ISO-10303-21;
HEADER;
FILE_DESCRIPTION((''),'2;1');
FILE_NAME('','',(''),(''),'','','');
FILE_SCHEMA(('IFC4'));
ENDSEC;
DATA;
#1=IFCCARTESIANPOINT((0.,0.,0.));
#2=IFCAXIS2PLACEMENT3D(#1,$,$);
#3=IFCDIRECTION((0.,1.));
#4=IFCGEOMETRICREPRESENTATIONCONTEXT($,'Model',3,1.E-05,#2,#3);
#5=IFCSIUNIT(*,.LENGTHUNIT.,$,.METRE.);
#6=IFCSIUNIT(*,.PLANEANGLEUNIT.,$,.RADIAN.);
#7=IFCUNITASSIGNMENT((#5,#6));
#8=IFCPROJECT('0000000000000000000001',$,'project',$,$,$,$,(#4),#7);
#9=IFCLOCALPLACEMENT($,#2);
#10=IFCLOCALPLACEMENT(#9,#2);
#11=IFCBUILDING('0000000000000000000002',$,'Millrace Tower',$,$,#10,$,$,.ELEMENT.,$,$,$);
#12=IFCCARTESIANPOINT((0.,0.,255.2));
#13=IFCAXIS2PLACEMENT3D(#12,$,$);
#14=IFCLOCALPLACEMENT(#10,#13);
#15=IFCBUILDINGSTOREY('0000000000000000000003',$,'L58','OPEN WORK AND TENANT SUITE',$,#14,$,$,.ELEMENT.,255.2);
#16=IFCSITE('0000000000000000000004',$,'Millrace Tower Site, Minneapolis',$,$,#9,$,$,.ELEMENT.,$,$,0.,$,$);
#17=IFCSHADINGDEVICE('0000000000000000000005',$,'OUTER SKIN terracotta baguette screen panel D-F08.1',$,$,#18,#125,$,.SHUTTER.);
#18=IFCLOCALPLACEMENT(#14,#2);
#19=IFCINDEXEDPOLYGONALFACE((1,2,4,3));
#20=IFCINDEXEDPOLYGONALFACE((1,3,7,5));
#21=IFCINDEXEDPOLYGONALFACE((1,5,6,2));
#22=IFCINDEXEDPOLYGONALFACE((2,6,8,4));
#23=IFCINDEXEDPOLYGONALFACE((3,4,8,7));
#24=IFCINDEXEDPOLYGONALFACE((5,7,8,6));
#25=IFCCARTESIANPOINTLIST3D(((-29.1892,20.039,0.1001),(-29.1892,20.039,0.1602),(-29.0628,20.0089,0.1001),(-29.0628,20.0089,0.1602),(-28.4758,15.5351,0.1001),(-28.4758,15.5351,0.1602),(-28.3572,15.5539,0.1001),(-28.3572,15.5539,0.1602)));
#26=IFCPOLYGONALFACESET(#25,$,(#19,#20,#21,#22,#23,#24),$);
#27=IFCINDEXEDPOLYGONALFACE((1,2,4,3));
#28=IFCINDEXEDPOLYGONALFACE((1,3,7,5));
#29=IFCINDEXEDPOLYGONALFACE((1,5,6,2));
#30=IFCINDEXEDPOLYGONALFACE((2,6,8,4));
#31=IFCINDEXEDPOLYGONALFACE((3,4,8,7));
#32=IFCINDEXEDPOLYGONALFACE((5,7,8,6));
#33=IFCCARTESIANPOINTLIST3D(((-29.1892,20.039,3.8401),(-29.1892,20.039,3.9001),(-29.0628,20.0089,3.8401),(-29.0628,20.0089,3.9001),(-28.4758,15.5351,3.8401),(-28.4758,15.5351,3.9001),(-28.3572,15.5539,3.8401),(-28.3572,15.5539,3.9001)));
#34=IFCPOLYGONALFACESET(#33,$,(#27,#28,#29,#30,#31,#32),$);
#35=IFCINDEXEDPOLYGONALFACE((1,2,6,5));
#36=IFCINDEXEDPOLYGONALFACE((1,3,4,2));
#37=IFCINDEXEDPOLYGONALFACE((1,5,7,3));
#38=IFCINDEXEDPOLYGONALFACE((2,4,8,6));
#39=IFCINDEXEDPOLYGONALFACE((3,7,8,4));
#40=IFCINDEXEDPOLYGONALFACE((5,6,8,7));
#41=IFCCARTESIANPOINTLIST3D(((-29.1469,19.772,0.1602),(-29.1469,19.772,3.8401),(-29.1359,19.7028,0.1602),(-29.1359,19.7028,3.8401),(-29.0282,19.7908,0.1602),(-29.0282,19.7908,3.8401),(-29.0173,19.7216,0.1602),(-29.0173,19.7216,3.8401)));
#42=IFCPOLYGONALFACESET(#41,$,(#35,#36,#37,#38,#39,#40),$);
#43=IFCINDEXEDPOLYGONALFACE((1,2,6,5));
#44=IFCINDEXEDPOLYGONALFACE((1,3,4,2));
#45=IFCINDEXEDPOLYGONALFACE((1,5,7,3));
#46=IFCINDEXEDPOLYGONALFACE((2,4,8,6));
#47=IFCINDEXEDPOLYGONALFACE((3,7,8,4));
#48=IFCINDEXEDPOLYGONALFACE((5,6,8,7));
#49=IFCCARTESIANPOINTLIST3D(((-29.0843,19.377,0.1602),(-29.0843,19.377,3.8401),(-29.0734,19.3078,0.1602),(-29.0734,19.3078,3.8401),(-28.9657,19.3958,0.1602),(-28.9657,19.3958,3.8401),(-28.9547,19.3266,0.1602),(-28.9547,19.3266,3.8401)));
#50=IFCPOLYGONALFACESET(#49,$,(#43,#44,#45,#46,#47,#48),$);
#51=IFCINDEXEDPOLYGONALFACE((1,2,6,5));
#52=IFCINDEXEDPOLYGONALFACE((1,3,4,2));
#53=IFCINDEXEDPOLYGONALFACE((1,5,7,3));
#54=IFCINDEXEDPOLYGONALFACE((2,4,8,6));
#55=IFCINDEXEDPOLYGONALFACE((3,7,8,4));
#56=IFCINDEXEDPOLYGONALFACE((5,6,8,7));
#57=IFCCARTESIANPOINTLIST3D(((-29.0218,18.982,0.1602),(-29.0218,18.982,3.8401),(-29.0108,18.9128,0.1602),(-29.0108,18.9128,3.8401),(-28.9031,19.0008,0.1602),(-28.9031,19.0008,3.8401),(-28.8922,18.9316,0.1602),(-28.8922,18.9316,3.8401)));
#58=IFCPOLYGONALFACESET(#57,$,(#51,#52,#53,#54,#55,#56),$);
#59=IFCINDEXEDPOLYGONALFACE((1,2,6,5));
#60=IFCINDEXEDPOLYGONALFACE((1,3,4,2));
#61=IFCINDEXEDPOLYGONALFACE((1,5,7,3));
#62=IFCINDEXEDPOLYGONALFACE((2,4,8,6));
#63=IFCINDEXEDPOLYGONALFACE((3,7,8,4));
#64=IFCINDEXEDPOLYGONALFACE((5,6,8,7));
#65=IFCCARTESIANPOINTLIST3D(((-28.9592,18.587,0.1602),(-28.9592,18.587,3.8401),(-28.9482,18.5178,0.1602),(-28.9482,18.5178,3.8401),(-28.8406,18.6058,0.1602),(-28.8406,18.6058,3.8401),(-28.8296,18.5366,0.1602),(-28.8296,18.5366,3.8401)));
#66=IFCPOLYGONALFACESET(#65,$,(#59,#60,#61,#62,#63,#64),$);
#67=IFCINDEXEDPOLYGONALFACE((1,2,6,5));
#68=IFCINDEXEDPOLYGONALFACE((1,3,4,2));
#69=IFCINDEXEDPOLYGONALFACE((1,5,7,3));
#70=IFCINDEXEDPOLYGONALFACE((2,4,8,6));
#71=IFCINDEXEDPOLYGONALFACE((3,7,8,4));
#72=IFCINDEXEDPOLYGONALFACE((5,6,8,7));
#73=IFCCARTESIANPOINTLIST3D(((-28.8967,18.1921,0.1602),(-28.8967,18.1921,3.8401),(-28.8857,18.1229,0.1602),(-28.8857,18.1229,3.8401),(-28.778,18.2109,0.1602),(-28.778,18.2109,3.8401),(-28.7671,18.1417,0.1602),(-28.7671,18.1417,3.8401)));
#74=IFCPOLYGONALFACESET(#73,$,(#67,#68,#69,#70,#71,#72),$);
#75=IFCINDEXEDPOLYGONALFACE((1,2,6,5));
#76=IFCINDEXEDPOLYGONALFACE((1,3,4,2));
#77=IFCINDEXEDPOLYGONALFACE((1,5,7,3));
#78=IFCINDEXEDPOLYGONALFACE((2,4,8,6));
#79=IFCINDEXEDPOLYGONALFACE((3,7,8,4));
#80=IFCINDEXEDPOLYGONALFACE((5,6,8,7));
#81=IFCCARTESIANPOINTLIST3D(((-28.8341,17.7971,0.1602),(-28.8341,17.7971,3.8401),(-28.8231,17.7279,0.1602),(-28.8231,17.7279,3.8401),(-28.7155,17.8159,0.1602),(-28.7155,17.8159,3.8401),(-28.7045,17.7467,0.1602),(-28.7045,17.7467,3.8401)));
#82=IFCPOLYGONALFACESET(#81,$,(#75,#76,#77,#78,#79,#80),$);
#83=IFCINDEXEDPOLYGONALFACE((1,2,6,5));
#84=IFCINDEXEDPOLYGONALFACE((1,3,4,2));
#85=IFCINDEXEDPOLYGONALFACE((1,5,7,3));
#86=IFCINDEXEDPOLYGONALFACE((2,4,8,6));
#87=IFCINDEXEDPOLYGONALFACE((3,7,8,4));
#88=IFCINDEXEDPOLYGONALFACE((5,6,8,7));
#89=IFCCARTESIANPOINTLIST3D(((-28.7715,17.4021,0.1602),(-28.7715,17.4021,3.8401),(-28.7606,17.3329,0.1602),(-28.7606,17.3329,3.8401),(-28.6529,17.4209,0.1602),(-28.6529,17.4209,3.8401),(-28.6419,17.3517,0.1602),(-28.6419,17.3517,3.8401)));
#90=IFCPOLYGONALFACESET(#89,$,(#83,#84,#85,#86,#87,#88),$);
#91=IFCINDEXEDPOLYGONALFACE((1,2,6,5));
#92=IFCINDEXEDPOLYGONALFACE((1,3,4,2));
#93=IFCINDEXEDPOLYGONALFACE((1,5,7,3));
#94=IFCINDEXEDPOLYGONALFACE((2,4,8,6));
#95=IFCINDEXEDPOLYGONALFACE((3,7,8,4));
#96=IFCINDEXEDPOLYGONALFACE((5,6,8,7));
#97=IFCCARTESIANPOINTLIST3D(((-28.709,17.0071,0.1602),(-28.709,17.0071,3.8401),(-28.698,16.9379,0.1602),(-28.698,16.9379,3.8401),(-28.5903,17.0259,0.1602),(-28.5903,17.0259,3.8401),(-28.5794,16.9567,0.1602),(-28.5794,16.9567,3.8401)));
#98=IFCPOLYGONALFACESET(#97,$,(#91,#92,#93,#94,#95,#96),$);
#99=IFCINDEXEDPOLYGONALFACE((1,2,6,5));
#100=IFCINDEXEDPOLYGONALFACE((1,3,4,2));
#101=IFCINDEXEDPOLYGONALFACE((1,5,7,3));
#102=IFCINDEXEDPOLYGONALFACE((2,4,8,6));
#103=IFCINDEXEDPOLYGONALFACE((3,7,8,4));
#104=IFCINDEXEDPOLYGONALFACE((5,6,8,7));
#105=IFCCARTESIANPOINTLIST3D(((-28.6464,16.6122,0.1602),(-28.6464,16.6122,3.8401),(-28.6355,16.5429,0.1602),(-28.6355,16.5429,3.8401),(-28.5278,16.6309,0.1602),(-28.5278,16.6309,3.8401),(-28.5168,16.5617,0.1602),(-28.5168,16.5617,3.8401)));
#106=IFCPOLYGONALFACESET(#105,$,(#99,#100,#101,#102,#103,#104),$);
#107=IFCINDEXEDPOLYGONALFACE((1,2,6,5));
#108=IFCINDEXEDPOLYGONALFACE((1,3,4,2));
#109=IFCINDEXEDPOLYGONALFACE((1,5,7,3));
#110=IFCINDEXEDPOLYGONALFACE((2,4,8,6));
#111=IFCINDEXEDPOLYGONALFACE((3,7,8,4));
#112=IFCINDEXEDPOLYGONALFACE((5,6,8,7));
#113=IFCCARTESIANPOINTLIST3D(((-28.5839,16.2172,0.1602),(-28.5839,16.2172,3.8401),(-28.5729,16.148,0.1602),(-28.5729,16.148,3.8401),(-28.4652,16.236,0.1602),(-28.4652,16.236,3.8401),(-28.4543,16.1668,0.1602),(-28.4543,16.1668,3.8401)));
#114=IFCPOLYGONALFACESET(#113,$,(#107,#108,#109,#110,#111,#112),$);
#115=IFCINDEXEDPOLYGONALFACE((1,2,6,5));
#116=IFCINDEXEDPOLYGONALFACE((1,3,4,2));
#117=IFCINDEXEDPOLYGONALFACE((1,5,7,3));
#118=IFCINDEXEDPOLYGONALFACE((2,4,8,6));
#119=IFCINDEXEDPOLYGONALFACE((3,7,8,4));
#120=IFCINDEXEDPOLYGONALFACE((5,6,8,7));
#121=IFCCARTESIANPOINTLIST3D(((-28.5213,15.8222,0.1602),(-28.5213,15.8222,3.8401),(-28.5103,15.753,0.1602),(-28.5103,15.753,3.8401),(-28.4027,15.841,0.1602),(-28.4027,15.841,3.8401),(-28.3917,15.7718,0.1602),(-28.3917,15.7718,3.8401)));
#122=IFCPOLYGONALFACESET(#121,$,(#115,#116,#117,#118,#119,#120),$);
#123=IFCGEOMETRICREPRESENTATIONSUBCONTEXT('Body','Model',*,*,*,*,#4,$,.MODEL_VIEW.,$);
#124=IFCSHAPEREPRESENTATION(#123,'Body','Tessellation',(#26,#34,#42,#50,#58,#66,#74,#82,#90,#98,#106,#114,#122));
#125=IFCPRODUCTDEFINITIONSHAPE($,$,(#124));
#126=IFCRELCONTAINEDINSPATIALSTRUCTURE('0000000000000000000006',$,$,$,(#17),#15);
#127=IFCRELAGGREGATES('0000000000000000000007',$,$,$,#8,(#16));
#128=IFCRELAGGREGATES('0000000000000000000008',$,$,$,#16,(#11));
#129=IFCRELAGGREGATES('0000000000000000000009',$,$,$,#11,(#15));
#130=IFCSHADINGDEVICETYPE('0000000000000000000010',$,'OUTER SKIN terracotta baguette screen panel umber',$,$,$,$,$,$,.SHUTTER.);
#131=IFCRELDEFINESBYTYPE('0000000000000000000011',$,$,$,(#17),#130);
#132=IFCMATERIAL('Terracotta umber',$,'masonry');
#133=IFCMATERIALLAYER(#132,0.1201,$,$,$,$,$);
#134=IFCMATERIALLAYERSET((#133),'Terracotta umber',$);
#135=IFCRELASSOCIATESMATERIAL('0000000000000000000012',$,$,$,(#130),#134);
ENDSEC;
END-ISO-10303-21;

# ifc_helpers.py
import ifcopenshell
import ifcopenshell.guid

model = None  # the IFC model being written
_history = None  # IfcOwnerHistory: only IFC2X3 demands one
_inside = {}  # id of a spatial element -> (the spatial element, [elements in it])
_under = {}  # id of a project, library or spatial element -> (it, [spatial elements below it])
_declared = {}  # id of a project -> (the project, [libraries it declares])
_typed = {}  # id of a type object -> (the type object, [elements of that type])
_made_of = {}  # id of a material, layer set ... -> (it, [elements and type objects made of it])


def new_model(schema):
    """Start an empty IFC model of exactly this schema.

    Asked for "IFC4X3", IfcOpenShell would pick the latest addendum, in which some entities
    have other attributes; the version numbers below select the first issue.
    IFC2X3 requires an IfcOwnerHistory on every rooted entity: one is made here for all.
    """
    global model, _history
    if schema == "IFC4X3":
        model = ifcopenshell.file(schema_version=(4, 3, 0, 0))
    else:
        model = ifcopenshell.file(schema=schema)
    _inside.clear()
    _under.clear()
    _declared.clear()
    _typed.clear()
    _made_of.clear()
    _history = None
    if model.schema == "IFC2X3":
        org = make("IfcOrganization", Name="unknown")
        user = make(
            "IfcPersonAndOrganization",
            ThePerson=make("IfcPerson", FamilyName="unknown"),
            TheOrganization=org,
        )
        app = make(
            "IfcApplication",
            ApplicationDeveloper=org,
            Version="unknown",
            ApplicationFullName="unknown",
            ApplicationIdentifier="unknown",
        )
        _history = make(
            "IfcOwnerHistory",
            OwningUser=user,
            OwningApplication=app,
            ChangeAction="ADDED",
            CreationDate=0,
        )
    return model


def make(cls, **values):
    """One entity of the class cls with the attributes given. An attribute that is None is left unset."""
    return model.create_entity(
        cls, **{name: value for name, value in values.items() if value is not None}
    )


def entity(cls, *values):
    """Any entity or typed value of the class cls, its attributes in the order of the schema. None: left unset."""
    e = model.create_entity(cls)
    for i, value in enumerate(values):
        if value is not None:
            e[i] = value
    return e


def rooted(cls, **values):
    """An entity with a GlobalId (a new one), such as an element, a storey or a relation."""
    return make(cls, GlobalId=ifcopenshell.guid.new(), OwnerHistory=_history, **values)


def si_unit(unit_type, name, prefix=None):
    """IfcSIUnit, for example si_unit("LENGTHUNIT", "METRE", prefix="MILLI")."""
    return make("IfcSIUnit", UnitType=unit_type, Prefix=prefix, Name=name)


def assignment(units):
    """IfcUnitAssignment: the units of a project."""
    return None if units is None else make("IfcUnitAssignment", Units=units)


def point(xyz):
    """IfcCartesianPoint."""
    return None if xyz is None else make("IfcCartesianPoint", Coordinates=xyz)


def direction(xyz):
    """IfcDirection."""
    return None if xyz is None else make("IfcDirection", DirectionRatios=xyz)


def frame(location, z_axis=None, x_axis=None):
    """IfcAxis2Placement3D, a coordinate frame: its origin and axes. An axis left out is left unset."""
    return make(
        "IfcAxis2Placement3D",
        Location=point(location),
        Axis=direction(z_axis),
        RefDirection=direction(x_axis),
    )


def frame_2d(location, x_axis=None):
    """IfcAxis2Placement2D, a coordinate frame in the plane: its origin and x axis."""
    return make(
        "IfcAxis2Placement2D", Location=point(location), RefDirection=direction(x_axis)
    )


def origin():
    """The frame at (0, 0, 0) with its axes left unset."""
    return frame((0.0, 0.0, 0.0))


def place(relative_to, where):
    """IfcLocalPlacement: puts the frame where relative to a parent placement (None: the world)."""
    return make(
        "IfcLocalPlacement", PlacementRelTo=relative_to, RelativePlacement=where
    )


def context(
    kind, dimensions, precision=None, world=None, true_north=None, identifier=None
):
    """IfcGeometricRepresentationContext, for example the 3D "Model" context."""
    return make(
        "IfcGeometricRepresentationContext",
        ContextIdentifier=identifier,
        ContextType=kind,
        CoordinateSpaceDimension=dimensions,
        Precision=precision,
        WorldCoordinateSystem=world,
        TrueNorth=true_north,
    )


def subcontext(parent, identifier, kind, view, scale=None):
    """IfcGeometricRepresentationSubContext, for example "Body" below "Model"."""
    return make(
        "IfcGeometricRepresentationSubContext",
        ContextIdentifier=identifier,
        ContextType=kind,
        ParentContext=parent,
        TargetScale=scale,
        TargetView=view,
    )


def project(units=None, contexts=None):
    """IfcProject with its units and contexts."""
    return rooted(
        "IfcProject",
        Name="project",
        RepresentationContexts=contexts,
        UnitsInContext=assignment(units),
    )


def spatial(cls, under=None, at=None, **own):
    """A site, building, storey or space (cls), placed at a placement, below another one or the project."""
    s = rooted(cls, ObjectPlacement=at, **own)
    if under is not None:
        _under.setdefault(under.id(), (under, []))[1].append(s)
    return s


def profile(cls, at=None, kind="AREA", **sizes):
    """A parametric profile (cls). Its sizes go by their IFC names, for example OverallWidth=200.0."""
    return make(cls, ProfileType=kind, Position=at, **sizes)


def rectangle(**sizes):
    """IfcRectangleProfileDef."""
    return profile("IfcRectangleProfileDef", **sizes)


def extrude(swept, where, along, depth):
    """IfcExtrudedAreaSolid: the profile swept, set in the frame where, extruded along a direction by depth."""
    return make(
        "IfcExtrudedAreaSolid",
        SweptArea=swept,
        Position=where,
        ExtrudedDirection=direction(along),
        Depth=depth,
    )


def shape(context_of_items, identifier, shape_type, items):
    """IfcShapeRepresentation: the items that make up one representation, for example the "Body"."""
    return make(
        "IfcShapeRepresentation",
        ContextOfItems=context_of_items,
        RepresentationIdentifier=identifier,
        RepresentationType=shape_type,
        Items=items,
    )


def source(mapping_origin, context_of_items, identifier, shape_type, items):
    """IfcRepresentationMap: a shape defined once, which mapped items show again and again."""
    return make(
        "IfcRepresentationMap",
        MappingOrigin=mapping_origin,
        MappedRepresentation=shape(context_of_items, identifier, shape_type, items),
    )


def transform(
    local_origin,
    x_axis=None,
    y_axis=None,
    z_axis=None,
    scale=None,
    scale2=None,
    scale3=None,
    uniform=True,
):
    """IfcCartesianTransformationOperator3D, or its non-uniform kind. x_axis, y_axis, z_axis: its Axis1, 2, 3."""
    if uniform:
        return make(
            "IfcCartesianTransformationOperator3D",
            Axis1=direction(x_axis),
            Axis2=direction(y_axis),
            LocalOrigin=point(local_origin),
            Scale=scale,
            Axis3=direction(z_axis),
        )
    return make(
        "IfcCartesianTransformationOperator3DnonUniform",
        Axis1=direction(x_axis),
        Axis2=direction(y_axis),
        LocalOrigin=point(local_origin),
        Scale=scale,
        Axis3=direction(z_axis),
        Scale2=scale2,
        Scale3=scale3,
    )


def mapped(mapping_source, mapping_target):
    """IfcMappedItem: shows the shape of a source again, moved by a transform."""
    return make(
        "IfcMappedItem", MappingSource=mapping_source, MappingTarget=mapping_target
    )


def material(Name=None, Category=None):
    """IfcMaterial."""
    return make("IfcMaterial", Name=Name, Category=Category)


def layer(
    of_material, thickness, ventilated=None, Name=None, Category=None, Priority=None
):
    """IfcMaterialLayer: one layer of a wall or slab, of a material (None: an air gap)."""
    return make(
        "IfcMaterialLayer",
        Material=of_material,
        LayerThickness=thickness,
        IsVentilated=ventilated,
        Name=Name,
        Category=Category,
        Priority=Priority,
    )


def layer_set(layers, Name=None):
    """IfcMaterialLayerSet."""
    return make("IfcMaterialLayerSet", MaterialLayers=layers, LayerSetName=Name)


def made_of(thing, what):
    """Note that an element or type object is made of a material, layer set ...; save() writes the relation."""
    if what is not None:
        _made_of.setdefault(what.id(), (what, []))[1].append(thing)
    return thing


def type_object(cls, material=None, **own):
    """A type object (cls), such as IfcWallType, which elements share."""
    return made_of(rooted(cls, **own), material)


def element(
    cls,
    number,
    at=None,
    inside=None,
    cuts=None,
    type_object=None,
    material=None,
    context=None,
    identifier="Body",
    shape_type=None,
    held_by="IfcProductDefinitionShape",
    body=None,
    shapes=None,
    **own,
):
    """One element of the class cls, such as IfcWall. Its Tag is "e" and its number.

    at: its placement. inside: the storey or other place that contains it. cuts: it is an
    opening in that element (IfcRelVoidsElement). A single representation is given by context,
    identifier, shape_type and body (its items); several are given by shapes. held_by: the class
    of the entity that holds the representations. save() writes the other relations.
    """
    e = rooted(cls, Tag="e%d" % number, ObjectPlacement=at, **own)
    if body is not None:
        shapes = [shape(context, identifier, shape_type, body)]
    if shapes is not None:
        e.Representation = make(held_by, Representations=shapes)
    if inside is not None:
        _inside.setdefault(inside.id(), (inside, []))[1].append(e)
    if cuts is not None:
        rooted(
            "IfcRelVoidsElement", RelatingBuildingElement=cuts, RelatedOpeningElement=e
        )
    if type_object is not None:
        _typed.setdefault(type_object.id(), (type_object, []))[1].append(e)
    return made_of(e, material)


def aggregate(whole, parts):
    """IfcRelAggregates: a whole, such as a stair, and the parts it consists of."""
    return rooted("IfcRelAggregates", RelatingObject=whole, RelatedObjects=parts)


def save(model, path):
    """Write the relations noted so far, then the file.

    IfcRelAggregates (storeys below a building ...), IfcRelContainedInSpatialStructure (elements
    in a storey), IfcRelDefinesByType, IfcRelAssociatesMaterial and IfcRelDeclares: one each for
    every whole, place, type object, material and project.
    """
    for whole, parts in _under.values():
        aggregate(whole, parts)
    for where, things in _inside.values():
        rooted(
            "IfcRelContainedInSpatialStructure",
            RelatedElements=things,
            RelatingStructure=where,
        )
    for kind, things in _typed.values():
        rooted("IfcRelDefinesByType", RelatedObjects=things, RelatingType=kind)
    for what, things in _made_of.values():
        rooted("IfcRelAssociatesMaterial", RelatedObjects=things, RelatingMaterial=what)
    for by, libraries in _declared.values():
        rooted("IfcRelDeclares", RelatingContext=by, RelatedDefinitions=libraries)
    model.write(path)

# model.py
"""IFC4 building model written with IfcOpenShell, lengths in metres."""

from ifc_helpers import new_model, entity, si_unit, direction, frame, frame_2d, origin, place, context, subcontext, project, spatial, rectangle, extrude, source, transform, mapped, material, layer, layer_set, type_object, element, save


model = new_model("IFC4")

# Units and contexts
model_context = context("Model", 3, precision=1e-05, world=origin(), true_north=direction((0.0, 1.0)))
body_context = subcontext(model_context, "Body", "Model", "MODEL_VIEW")
ifc_project = project(units=[si_unit("LENGTHUNIT", "METRE"), si_unit("PLANEANGLEUNIT", "RADIAN")], contexts=[model_context])

# Site, building, storey
site_placement = place(None, origin())
site = spatial("IfcSite", under=ifc_project, at=site_placement, Name="Millrace Tower Site, Minneapolis", CompositionType="ELEMENT", RefElevation=0.0)
building_placement = place(site_placement, origin())
building = spatial("IfcBuilding", under=site, at=building_placement, Name="Millrace Tower", CompositionType="ELEMENT")
storey_placement = place(building_placement, frame((0.0, 0.0, 255.2)))
storey = spatial("IfcBuildingStorey", under=building, at=storey_placement, Name="L58", Description="OPEN WORK AND TENANT SUITE", CompositionType="ELEMENT", Elevation=255.2)

# Shading device
ifc_material_1 = material(Name="Terracotta umber", Category="masonry")
ifc_layer_1 = layer(ifc_material_1, 0.1201)
ifc_layer_set_1 = layer_set([ifc_layer_1], Name="Terracotta umber")
shading_device_type = type_object("IfcShadingDeviceType", Name="OUTER SKIN terracotta baguette screen panel umber", PredefinedType="SHUTTER", material=ifc_layer_set_1)
cartesian_point_1 = entity("IfcCartesianPoint", [-2.2429, 0.0601])
shared_polyline_1 = entity("IfcPolyline", [cartesian_point_1, entity("IfcCartesianPoint", [2.2676, 0.0601]), entity("IfcCartesianPoint", [2.2676, -0.0601]), entity("IfcCartesianPoint", [-2.2925, -0.0601]), cartesian_point_1])
shared_shape_1 = source(origin(), body_context, "Body", "SweptSolid", [
    entity("IfcExtrudedAreaSolid", entity("IfcArbitraryClosedProfileDef", "AREA", None, shared_polyline_1), entity("IfcAxis2Placement3D", entity("IfcCartesianPoint", [0.0, 0.0, 0.0])), entity("IfcDirection", [0.0, 0.0, 1.0]), 0.0601),
    entity("IfcExtrudedAreaSolid", entity("IfcArbitraryClosedProfileDef", "AREA", None, shared_polyline_1), entity("IfcAxis2Placement3D", entity("IfcCartesianPoint", [0.0, 0.0, 3.74])), entity("IfcDirection", [0.0, 0.0, 1.0]), 0.0601),
    extrude(rectangle(XDim=0.0701, YDim=0.1201, at=frame_2d((-1.9871, 0.0))), frame((0.0, 0.0, 0.0601)), (0.0, 0.0, 1.0), 3.6799),
    extrude(rectangle(XDim=0.0701, YDim=0.1201, at=frame_2d((-1.5872, 0.0))), frame((0.0, 0.0, 0.0601)), (0.0, 0.0, 1.0), 3.6799),
    extrude(rectangle(XDim=0.0701, YDim=0.1201, at=frame_2d((-1.1873, 0.0))), frame((0.0, 0.0, 0.0601)), (0.0, 0.0, 1.0), 3.6799),
    extrude(rectangle(XDim=0.0701, YDim=0.1201, at=frame_2d((-0.7874, 0.0))), frame((0.0, 0.0, 0.0601)), (0.0, 0.0, 1.0), 3.6799),
    extrude(rectangle(XDim=0.0701, YDim=0.1201, at=frame_2d((-0.3875, 0.0))), frame((0.0, 0.0, 0.0601)), (0.0, 0.0, 1.0), 3.6799),
    extrude(rectangle(XDim=0.0701, YDim=0.1201, at=frame_2d((0.0125, 0.0))), frame((0.0, 0.0, 0.0601)), (0.0, 0.0, 1.0), 3.6799),
    extrude(rectangle(XDim=0.0701, YDim=0.1201, at=frame_2d((0.4124, 0.0))), frame((0.0, 0.0, 0.0601)), (0.0, 0.0, 1.0), 3.6799),
    extrude(rectangle(XDim=0.0701, YDim=0.1201, at=frame_2d((0.8123, 0.0))), frame((0.0, 0.0, 0.0601)), (0.0, 0.0, 1.0), 3.6799),
    extrude(rectangle(XDim=0.0701, YDim=0.1201, at=frame_2d((1.2122, 0.0))), frame((0.0, 0.0, 0.0601)), (0.0, 0.0, 1.0), 3.6799),
    extrude(rectangle(XDim=0.0701, YDim=0.1201, at=frame_2d((1.6121, 0.0))), frame((0.0, 0.0, 0.0601)), (0.0, 0.0, 1.0), 3.6799),
    extrude(rectangle(XDim=0.0701, YDim=0.1201, at=frame_2d((2.012, 0.0))), frame((0.0, 0.0, 0.0601)), (0.0, 0.0, 1.0), 3.6799),
])
shading_device_1_placement = place(storey_placement, frame((-28.7712, 17.7842, 0.1001), z_axis=(0.0, 0.0, 1.0), x_axis=(0.156434, -0.987688, 0.0)))
element("IfcShadingDevice", 1, at=shading_device_1_placement, inside=storey, type_object=shading_device_type, Name="OUTER SKIN terracotta baguette screen panel D-F08.1", PredefinedType="SHUTTER", context=body_context, shape_type="MappedRepresentation", body=[
    mapped(shared_shape_1, transform((0.0, 0.0, 0.0), scale=1.0)),
])

save(model, "model.ifc")
